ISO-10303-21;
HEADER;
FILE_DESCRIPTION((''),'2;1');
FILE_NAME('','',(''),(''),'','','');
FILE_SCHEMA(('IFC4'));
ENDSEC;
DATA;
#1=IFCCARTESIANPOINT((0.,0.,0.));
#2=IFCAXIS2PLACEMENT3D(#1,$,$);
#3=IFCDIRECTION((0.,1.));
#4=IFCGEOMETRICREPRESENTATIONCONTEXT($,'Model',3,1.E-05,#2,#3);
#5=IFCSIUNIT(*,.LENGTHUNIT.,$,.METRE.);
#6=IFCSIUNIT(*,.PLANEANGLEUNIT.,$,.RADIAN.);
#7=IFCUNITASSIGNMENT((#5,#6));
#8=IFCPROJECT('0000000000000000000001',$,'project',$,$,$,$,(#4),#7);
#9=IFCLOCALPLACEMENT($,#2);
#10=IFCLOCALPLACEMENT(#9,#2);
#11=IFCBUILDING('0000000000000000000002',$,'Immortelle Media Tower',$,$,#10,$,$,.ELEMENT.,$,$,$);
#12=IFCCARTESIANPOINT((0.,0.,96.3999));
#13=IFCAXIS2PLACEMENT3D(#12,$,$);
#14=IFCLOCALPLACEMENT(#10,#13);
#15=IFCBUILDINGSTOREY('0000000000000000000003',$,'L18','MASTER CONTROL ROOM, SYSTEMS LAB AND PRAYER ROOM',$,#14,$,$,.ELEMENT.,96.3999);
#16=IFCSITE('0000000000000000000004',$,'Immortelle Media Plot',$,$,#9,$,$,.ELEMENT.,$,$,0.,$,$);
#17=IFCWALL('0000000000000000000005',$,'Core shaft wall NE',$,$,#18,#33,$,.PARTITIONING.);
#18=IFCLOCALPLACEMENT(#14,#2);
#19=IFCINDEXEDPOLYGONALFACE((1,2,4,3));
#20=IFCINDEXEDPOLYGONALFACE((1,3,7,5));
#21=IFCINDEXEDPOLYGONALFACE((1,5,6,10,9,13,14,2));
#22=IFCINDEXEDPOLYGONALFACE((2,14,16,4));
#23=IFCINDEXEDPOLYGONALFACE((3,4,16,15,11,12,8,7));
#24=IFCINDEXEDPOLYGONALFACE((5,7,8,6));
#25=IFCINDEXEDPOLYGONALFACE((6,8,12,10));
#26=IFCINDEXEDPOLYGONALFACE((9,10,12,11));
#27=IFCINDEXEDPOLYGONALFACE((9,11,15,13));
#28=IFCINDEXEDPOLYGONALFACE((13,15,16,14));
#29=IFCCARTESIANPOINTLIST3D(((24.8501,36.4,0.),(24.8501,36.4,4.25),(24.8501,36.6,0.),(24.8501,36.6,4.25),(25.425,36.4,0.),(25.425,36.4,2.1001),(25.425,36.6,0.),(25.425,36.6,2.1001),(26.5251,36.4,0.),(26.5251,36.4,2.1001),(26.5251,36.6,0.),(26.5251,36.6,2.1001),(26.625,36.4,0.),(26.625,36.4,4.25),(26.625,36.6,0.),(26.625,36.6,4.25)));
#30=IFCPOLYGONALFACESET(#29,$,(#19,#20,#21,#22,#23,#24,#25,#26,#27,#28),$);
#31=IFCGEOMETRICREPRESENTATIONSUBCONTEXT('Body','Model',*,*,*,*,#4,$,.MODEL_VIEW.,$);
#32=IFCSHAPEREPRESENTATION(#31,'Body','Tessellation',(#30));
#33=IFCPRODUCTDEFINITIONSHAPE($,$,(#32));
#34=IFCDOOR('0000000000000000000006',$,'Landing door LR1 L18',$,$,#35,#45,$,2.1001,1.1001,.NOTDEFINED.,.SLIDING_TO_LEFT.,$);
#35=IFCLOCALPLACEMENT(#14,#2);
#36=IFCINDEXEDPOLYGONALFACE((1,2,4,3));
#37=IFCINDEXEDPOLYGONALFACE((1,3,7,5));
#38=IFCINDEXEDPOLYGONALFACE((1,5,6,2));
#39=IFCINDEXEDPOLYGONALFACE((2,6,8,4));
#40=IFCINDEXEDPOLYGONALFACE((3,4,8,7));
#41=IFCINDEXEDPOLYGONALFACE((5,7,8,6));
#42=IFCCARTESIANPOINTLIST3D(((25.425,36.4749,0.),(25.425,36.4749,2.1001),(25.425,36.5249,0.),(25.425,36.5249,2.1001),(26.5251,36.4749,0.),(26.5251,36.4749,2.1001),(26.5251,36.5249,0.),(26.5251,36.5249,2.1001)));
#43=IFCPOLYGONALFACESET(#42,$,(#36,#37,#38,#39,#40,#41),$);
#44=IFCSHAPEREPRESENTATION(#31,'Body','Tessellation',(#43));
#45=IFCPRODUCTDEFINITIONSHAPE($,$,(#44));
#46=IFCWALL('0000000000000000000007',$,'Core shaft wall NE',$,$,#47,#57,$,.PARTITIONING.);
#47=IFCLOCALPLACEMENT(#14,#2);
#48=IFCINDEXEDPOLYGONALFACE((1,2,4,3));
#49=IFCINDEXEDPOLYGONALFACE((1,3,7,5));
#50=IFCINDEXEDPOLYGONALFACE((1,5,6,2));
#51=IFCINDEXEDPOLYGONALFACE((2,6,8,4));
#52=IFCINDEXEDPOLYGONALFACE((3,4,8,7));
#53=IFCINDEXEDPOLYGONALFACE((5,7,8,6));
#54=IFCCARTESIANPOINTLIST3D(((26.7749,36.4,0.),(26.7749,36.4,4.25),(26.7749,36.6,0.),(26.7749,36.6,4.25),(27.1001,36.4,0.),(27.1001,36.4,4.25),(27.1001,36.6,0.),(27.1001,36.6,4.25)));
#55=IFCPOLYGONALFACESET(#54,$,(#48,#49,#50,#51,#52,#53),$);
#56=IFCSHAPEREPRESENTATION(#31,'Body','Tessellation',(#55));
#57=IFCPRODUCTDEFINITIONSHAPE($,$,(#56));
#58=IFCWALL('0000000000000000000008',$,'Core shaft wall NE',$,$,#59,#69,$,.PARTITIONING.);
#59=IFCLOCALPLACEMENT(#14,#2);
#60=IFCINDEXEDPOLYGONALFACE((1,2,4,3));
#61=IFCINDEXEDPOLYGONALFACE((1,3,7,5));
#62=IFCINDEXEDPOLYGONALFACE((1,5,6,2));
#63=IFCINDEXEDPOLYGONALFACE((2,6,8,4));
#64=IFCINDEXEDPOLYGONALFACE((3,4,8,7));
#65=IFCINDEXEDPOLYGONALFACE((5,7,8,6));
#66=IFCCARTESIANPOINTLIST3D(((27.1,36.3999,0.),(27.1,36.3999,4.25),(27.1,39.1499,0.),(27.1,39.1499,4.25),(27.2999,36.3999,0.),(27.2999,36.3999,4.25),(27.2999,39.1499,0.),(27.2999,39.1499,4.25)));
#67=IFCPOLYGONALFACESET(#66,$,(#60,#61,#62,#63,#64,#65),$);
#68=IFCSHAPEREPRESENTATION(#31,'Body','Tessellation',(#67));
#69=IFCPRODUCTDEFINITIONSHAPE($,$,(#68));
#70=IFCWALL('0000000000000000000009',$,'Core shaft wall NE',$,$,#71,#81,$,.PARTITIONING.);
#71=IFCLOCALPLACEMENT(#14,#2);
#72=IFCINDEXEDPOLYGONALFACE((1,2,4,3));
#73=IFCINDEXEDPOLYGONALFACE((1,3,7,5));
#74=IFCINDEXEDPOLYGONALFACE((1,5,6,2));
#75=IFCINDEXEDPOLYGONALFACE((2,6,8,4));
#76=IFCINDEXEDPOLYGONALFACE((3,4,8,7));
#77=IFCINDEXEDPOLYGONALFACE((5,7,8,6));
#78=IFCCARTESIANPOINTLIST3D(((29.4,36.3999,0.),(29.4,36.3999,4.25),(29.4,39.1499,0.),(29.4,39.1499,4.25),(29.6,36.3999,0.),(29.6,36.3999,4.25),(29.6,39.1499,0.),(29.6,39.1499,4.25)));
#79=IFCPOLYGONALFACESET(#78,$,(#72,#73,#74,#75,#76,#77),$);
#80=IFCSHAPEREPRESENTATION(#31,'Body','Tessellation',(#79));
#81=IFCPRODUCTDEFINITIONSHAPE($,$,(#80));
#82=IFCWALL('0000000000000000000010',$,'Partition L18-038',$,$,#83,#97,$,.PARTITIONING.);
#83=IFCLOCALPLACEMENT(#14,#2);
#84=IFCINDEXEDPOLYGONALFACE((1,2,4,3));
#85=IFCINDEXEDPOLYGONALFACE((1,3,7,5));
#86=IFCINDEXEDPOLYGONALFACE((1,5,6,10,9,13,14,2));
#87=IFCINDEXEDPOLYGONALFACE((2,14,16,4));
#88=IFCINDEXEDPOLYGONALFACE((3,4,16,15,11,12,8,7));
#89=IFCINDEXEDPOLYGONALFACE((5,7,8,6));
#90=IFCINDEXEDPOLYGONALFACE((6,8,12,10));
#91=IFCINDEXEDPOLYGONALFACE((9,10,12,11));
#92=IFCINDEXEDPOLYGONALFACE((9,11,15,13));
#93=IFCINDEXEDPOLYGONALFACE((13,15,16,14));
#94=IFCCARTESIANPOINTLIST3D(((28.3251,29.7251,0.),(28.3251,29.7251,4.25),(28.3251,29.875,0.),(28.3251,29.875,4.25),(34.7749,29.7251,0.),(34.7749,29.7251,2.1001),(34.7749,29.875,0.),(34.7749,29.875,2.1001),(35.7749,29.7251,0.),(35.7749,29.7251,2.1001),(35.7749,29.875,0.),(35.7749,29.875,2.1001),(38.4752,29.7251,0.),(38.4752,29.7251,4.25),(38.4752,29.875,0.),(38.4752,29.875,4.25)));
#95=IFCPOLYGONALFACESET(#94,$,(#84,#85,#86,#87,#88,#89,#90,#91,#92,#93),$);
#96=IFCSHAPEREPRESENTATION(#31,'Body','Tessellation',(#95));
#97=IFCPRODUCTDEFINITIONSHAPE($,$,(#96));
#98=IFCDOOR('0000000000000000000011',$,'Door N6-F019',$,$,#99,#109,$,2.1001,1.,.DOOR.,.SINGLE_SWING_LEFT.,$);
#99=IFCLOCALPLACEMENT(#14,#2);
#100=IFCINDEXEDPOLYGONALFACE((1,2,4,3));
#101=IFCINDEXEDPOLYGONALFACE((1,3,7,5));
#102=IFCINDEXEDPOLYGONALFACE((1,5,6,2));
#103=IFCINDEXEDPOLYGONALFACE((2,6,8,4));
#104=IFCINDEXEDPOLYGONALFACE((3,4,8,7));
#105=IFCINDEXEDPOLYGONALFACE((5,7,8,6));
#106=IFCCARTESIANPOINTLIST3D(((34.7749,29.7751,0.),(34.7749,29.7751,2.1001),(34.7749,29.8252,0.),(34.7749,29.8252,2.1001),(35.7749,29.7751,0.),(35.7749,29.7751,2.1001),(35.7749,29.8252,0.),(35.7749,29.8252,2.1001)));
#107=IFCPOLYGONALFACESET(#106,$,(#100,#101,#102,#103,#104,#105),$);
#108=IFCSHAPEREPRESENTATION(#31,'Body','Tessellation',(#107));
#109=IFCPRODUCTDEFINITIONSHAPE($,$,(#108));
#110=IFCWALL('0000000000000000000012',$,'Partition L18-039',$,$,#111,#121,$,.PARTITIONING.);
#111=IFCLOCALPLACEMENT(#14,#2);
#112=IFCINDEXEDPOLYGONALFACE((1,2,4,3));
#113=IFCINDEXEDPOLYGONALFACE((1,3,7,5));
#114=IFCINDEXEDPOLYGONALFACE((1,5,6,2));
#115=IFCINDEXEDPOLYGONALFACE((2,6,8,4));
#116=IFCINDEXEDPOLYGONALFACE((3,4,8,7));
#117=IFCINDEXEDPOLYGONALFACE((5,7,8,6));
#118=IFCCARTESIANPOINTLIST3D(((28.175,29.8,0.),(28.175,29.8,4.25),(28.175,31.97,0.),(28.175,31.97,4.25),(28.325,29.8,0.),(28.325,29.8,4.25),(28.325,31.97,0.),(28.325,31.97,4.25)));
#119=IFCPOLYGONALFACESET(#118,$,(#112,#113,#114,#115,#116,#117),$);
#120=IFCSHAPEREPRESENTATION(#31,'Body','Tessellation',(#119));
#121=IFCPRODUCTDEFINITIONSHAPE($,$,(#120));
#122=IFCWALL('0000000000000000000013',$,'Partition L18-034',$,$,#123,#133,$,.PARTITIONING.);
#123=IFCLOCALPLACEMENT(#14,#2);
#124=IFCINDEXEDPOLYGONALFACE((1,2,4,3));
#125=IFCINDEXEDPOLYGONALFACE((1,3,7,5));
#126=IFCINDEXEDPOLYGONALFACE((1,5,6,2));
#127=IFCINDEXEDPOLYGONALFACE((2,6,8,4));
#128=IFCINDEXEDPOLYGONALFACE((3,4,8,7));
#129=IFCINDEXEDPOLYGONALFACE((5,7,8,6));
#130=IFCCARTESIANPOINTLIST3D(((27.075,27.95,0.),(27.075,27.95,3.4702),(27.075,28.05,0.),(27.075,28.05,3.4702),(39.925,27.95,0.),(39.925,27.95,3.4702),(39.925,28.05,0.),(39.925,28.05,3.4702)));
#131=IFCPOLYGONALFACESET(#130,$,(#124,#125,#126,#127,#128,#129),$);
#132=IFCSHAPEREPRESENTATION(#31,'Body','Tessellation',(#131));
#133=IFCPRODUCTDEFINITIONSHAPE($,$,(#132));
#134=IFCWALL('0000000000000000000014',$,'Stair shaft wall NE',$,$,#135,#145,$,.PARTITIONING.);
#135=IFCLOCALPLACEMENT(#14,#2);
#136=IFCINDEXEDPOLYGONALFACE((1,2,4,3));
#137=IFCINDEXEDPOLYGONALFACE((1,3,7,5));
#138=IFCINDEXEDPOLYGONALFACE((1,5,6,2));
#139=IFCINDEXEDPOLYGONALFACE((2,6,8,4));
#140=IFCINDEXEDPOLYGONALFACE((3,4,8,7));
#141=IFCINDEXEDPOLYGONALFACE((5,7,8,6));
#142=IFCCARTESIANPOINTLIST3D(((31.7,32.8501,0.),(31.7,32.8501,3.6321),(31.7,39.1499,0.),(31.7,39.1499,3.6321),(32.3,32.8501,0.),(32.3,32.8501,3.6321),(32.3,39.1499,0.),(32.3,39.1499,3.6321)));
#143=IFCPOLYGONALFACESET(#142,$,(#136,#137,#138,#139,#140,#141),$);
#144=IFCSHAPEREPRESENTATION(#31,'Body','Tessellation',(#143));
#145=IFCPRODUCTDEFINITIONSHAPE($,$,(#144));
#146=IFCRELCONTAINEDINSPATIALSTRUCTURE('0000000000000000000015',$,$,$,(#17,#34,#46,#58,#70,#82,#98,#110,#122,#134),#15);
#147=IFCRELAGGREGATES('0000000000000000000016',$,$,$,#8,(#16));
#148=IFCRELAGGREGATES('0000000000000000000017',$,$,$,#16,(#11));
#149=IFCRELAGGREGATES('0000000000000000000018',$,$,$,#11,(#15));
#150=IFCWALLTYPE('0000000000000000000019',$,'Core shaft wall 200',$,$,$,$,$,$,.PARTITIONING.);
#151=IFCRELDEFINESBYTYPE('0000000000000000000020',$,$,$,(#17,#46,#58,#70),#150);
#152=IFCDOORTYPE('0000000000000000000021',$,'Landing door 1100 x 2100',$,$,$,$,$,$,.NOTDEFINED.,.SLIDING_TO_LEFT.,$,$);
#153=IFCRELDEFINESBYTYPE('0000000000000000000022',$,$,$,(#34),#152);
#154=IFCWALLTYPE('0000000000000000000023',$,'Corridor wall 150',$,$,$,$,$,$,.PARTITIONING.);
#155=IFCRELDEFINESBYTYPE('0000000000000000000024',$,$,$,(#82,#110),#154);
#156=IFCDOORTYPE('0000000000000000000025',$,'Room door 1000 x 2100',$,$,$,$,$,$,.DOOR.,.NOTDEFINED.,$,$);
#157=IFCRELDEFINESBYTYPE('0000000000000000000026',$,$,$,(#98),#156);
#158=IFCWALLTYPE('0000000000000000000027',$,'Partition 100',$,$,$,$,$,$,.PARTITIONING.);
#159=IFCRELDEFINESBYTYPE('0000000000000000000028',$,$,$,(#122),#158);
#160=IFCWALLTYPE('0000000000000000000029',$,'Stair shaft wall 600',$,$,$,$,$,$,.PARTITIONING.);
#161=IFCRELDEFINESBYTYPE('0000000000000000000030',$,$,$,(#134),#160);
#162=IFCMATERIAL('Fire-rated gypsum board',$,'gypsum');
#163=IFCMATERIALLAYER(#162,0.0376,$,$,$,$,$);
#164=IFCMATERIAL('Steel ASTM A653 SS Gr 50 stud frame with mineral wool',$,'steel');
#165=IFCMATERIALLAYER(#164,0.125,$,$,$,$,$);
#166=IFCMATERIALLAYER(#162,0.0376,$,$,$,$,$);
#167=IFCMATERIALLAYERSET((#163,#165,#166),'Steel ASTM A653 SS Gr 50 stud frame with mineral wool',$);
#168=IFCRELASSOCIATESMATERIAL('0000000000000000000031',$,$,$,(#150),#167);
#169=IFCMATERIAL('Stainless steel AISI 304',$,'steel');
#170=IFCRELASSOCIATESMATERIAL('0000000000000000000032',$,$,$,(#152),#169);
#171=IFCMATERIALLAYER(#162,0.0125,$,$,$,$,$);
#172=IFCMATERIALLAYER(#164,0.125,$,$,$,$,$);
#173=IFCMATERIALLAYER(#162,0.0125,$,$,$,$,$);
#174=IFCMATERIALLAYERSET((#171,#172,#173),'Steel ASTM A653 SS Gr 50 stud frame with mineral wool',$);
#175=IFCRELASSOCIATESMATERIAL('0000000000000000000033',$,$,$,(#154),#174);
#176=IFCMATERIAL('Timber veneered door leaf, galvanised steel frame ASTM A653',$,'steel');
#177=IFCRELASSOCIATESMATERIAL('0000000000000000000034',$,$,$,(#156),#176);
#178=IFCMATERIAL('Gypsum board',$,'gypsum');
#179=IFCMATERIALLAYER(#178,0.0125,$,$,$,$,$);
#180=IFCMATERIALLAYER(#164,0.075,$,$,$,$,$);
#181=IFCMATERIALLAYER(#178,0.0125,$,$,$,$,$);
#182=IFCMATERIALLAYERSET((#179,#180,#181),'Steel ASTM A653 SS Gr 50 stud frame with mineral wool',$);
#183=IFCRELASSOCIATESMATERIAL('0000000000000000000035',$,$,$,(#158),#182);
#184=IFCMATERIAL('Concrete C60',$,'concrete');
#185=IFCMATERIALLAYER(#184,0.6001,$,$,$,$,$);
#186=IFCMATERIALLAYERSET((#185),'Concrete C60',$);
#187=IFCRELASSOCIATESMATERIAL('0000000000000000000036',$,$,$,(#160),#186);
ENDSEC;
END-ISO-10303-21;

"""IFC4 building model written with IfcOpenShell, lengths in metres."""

from ifc_helpers import new_model, si_unit, direction, frame, frame_2d, origin, place, context, subcontext, project, spatial, rectangle, extrude, material, layer, layer_set, type_object, element, fill, save


model = new_model("IFC4")

# Units and contexts
model_context = context("Model", 3, precision=1e-05, world=origin(), true_north=direction((0.0, 1.0)))
body_context = subcontext(model_context, "Body", "Model", "MODEL_VIEW")
ifc_project = project(units=[si_unit("LENGTHUNIT", "METRE"), si_unit("PLANEANGLEUNIT", "RADIAN")], contexts=[model_context])

# Site, building, storey
site_placement = place(None, origin())
site = spatial("IfcSite", under=ifc_project, at=site_placement, Name="Immortelle Media Plot", CompositionType="ELEMENT", RefElevation=0.0)
building_placement = place(site_placement, origin())
building = spatial("IfcBuilding", under=site, at=building_placement, Name="Immortelle Media Tower", CompositionType="ELEMENT")
storey_placement = place(building_placement, frame((0.0, 0.0, 96.3999)))
storey = spatial("IfcBuildingStorey", under=building, at=storey_placement, Name="L18", Description="MASTER CONTROL ROOM, SYSTEMS LAB AND PRAYER ROOM", CompositionType="ELEMENT", Elevation=96.3999)

# Shared definitions
ifc_material_1 = material(Name="Fire-rated gypsum board", Category="gypsum")
ifc_material_2 = material(Name="Steel ASTM A653 SS Gr 50 stud frame with mineral wool", Category="steel")

# Wall, opening, door
ifc_layer_1 = layer(ifc_material_1, 0.0376)
ifc_layer_2 = layer(ifc_material_2, 0.125)
ifc_layer_3 = layer(ifc_material_1, 0.0376)
ifc_layer_set_1 = layer_set([ifc_layer_1, ifc_layer_2, ifc_layer_3], Name="Steel ASTM A653 SS Gr 50 stud frame with mineral wool")
wall_type_1 = type_object("IfcWallType", Name="Core shaft wall 200", PredefinedType="PARTITIONING", material=ifc_layer_set_1)
wall_1_placement = place(storey_placement, frame((24.8501, 36.5, 0.0), z_axis=(0.0, 0.0, 1.0), x_axis=(1.0, 0.0, 0.0)))
wall_1 = element("IfcWall", 1, at=wall_1_placement, inside=storey, type_object=wall_type_1, Name="Core shaft wall NE", PredefinedType="PARTITIONING", context=body_context, shape_type="SweptSolid", body=[
    extrude(rectangle(XDim=1.7749, YDim=0.2, at=frame_2d((0.8875, 0.0))), origin(), (0.0, 0.0, 1.0), 4.25),
])
opening_1_placement = place(wall_1_placement, frame((0.575, 0.0, 0.0)))
opening_1 = element("IfcOpeningElement", 2, at=opening_1_placement, cuts=wall_1, PredefinedType="OPENING", context=body_context, shape_type="SweptSolid", body=[
    extrude(rectangle(XDim=1.1001, YDim=2.1001, at=frame_2d((0.55, 1.05))), frame((0.0, 0.1099, 0.0), z_axis=(0.0, -1.0, 0.0), x_axis=(1.0, 0.0, 0.0)), (0.0, 0.0, 1.0), 0.22),
])
ifc_material_3 = material(Name="Stainless steel AISI 304", Category="steel")
door_type_1 = type_object("IfcDoorType", Name="Landing door 1100 x 2100", OperationType="SLIDING_TO_LEFT", PredefinedType="NOTDEFINED", material=ifc_material_3)
door_1_placement = place(opening_1_placement, origin())
door_1 = element("IfcDoor", 3, at=door_1_placement, inside=storey, type_object=door_type_1, Name="Landing door LR1 L18", OperationType="SLIDING_TO_LEFT", OverallHeight=2.1001, OverallWidth=1.1001, PredefinedType="NOTDEFINED", context=body_context, shape_type="SweptSolid", body=[
    extrude(rectangle(XDim=1.1001, YDim=2.1001, at=frame_2d((0.55, 1.05))), frame((0.0, 0.0249, 0.0), z_axis=(0.0, -1.0, 0.0), x_axis=(1.0, 0.0, 0.0)), (0.0, 0.0, 1.0), 0.05),
])
fill(opening_1, door_1)

# Walls
wall_2_placement = place(storey_placement, frame((26.7749, 36.5, 0.0), z_axis=(0.0, 0.0, 1.0), x_axis=(1.0, 0.0, 0.0)))
element("IfcWall", 4, at=wall_2_placement, inside=storey, type_object=wall_type_1, Name="Core shaft wall NE", PredefinedType="PARTITIONING", context=body_context, shape_type="SweptSolid", body=[
    extrude(rectangle(XDim=0.3252, YDim=0.2, at=frame_2d((0.1626, 0.0))), origin(), (0.0, 0.0, 1.0), 4.25),
])
for number, where, z_axis, x_axis, name in (
    (5, (27.2, 36.3999, 0.0), (0.0, 0.0, 1.0), (0.0, 1.0, 0.0), "Core shaft wall NE"),
    (6, (29.5, 36.3999, 0.0), (0.0, 0.0, 1.0), (0.0, 1.0, 0.0), "Core shaft wall NE"),
):
    element("IfcWall", number, at=place(storey_placement, frame(where, z_axis=z_axis, x_axis=x_axis)), inside=storey, type_object=wall_type_1, Name=name, PredefinedType="PARTITIONING", context=body_context, shape_type="SweptSolid", body=[
        extrude(rectangle(XDim=2.75, YDim=0.2, at=frame_2d((1.375, 0.0))), origin(), (0.0, 0.0, 1.0), 4.25),
    ])

# Wall, opening, door
ifc_layer_4 = layer(ifc_material_1, 0.0125)
ifc_layer_5 = layer(ifc_material_2, 0.125)
ifc_layer_6 = layer(ifc_material_1, 0.0125)
ifc_layer_set_2 = layer_set([ifc_layer_4, ifc_layer_5, ifc_layer_6], Name="Steel ASTM A653 SS Gr 50 stud frame with mineral wool")
wall_type_2 = type_object("IfcWallType", Name="Corridor wall 150", PredefinedType="PARTITIONING", material=ifc_layer_set_2)
wall_3_placement = place(storey_placement, frame((28.325, 29.8, 0.0), z_axis=(0.0, 0.0, 1.0), x_axis=(1.0, 0.0, 0.0)))
wall_3 = element("IfcWall", 7, at=wall_3_placement, inside=storey, type_object=wall_type_2, Name="Partition L18-038", PredefinedType="PARTITIONING", context=body_context, shape_type="SweptSolid", body=[
    extrude(rectangle(XDim=10.1501, YDim=0.1499, at=frame_2d((5.0752, 0.0))), origin(), (0.0, 0.0, 1.0), 4.25),
])
opening_2_placement = place(wall_3_placement, frame((7.45, 0.0, 0.0), z_axis=(0.0, 0.0, 1.0), x_axis=(-1.0, 0.0, 0.0)))
opening_2 = element("IfcOpeningElement", 8, at=opening_2_placement, cuts=wall_3, PredefinedType="OPENING", context=body_context, shape_type="SweptSolid", body=[
    extrude(rectangle(XDim=1.0, YDim=2.1001, at=frame_2d((0.5, 1.05))), frame((0.0, 0.085, 0.0), z_axis=(0.0, -1.0, 0.0), x_axis=(1.0, 0.0, 0.0)), (0.0, 0.0, 1.0), 0.1699),
])
ifc_material_4 = material(Name="Timber veneered door leaf, galvanised steel frame ASTM A653", Category="steel")
door_type_2 = type_object("IfcDoorType", Name="Room door 1000 x 2100", OperationType="NOTDEFINED", PredefinedType="DOOR", material=ifc_material_4)
door_2_placement = place(opening_2_placement, origin())
door_2 = element("IfcDoor", 9, at=door_2_placement, inside=storey, type_object=door_type_2, Name="Door N6-F019", OperationType="SINGLE_SWING_LEFT", OverallHeight=2.1001, OverallWidth=1.0, PredefinedType="DOOR", context=body_context, shape_type="SweptSolid", body=[
    extrude(rectangle(XDim=1.0, YDim=2.1001, at=frame_2d((0.5, 1.05))), frame((0.0, 0.0249, 0.0), z_axis=(0.0, -1.0, 0.0), x_axis=(1.0, 0.0, 0.0)), (0.0, 0.0, 1.0), 0.05),
])
fill(opening_2, door_2)

# Walls
wall_4_placement = place(storey_placement, frame((28.25, 29.8, 0.0), z_axis=(0.0, 0.0, 1.0), x_axis=(0.0, 1.0, 0.0)))
element("IfcWall", 10, at=wall_4_placement, inside=storey, type_object=wall_type_2, Name="Partition L18-039", PredefinedType="PARTITIONING", context=body_context, shape_type="SweptSolid", body=[
    extrude(rectangle(XDim=2.1699, YDim=0.1499, at=frame_2d((1.085, 0.0))), origin(), (0.0, 0.0, 1.0), 4.25),
])
ifc_material_5 = material(Name="Gypsum board", Category="gypsum")
ifc_layer_7 = layer(ifc_material_5, 0.0125)
ifc_layer_8 = layer(ifc_material_2, 0.075)
ifc_layer_9 = layer(ifc_material_5, 0.0125)
ifc_layer_set_3 = layer_set([ifc_layer_7, ifc_layer_8, ifc_layer_9], Name="Steel ASTM A653 SS Gr 50 stud frame with mineral wool")
wall_type_3 = type_object("IfcWallType", Name="Partition 100", PredefinedType="PARTITIONING", material=ifc_layer_set_3)
wall_5_placement = place(storey_placement, frame((27.075, 28.0, 0.0), z_axis=(0.0, 0.0, 1.0), x_axis=(1.0, 0.0, 0.0)))
element("IfcWall", 11, at=wall_5_placement, inside=storey, type_object=wall_type_3, Name="Partition L18-034", PredefinedType="PARTITIONING", context=body_context, shape_type="SweptSolid", body=[
    extrude(rectangle(XDim=12.8501, YDim=0.1001, at=frame_2d((6.425, 0.0))), origin(), (0.0, 0.0, 1.0), 3.4702),
])
ifc_material_6 = material(Name="Concrete C60", Category="concrete")
ifc_layer_10 = layer(ifc_material_6, 0.6001)
ifc_layer_set_4 = layer_set([ifc_layer_10], Name="Concrete C60")
wall_type_4 = type_object("IfcWallType", Name="Stair shaft wall 600", PredefinedType="PARTITIONING", material=ifc_layer_set_4)
wall_6_placement = place(storey_placement, frame((32.0, 32.8501, 0.0), z_axis=(0.0, 0.0, 1.0), x_axis=(0.0, 1.0, 0.0)))
element("IfcWall", 12, at=wall_6_placement, inside=storey, type_object=wall_type_4, Name="Stair shaft wall NE", PredefinedType="PARTITIONING", context=body_context, shape_type="SweptSolid", body=[
    extrude(rectangle(XDim=6.2998, YDim=0.6001, at=frame_2d((3.1499, 0.0))), origin(), (0.0, 0.0, 1.0), 3.6321),
])

save(model, "model.ifc")
